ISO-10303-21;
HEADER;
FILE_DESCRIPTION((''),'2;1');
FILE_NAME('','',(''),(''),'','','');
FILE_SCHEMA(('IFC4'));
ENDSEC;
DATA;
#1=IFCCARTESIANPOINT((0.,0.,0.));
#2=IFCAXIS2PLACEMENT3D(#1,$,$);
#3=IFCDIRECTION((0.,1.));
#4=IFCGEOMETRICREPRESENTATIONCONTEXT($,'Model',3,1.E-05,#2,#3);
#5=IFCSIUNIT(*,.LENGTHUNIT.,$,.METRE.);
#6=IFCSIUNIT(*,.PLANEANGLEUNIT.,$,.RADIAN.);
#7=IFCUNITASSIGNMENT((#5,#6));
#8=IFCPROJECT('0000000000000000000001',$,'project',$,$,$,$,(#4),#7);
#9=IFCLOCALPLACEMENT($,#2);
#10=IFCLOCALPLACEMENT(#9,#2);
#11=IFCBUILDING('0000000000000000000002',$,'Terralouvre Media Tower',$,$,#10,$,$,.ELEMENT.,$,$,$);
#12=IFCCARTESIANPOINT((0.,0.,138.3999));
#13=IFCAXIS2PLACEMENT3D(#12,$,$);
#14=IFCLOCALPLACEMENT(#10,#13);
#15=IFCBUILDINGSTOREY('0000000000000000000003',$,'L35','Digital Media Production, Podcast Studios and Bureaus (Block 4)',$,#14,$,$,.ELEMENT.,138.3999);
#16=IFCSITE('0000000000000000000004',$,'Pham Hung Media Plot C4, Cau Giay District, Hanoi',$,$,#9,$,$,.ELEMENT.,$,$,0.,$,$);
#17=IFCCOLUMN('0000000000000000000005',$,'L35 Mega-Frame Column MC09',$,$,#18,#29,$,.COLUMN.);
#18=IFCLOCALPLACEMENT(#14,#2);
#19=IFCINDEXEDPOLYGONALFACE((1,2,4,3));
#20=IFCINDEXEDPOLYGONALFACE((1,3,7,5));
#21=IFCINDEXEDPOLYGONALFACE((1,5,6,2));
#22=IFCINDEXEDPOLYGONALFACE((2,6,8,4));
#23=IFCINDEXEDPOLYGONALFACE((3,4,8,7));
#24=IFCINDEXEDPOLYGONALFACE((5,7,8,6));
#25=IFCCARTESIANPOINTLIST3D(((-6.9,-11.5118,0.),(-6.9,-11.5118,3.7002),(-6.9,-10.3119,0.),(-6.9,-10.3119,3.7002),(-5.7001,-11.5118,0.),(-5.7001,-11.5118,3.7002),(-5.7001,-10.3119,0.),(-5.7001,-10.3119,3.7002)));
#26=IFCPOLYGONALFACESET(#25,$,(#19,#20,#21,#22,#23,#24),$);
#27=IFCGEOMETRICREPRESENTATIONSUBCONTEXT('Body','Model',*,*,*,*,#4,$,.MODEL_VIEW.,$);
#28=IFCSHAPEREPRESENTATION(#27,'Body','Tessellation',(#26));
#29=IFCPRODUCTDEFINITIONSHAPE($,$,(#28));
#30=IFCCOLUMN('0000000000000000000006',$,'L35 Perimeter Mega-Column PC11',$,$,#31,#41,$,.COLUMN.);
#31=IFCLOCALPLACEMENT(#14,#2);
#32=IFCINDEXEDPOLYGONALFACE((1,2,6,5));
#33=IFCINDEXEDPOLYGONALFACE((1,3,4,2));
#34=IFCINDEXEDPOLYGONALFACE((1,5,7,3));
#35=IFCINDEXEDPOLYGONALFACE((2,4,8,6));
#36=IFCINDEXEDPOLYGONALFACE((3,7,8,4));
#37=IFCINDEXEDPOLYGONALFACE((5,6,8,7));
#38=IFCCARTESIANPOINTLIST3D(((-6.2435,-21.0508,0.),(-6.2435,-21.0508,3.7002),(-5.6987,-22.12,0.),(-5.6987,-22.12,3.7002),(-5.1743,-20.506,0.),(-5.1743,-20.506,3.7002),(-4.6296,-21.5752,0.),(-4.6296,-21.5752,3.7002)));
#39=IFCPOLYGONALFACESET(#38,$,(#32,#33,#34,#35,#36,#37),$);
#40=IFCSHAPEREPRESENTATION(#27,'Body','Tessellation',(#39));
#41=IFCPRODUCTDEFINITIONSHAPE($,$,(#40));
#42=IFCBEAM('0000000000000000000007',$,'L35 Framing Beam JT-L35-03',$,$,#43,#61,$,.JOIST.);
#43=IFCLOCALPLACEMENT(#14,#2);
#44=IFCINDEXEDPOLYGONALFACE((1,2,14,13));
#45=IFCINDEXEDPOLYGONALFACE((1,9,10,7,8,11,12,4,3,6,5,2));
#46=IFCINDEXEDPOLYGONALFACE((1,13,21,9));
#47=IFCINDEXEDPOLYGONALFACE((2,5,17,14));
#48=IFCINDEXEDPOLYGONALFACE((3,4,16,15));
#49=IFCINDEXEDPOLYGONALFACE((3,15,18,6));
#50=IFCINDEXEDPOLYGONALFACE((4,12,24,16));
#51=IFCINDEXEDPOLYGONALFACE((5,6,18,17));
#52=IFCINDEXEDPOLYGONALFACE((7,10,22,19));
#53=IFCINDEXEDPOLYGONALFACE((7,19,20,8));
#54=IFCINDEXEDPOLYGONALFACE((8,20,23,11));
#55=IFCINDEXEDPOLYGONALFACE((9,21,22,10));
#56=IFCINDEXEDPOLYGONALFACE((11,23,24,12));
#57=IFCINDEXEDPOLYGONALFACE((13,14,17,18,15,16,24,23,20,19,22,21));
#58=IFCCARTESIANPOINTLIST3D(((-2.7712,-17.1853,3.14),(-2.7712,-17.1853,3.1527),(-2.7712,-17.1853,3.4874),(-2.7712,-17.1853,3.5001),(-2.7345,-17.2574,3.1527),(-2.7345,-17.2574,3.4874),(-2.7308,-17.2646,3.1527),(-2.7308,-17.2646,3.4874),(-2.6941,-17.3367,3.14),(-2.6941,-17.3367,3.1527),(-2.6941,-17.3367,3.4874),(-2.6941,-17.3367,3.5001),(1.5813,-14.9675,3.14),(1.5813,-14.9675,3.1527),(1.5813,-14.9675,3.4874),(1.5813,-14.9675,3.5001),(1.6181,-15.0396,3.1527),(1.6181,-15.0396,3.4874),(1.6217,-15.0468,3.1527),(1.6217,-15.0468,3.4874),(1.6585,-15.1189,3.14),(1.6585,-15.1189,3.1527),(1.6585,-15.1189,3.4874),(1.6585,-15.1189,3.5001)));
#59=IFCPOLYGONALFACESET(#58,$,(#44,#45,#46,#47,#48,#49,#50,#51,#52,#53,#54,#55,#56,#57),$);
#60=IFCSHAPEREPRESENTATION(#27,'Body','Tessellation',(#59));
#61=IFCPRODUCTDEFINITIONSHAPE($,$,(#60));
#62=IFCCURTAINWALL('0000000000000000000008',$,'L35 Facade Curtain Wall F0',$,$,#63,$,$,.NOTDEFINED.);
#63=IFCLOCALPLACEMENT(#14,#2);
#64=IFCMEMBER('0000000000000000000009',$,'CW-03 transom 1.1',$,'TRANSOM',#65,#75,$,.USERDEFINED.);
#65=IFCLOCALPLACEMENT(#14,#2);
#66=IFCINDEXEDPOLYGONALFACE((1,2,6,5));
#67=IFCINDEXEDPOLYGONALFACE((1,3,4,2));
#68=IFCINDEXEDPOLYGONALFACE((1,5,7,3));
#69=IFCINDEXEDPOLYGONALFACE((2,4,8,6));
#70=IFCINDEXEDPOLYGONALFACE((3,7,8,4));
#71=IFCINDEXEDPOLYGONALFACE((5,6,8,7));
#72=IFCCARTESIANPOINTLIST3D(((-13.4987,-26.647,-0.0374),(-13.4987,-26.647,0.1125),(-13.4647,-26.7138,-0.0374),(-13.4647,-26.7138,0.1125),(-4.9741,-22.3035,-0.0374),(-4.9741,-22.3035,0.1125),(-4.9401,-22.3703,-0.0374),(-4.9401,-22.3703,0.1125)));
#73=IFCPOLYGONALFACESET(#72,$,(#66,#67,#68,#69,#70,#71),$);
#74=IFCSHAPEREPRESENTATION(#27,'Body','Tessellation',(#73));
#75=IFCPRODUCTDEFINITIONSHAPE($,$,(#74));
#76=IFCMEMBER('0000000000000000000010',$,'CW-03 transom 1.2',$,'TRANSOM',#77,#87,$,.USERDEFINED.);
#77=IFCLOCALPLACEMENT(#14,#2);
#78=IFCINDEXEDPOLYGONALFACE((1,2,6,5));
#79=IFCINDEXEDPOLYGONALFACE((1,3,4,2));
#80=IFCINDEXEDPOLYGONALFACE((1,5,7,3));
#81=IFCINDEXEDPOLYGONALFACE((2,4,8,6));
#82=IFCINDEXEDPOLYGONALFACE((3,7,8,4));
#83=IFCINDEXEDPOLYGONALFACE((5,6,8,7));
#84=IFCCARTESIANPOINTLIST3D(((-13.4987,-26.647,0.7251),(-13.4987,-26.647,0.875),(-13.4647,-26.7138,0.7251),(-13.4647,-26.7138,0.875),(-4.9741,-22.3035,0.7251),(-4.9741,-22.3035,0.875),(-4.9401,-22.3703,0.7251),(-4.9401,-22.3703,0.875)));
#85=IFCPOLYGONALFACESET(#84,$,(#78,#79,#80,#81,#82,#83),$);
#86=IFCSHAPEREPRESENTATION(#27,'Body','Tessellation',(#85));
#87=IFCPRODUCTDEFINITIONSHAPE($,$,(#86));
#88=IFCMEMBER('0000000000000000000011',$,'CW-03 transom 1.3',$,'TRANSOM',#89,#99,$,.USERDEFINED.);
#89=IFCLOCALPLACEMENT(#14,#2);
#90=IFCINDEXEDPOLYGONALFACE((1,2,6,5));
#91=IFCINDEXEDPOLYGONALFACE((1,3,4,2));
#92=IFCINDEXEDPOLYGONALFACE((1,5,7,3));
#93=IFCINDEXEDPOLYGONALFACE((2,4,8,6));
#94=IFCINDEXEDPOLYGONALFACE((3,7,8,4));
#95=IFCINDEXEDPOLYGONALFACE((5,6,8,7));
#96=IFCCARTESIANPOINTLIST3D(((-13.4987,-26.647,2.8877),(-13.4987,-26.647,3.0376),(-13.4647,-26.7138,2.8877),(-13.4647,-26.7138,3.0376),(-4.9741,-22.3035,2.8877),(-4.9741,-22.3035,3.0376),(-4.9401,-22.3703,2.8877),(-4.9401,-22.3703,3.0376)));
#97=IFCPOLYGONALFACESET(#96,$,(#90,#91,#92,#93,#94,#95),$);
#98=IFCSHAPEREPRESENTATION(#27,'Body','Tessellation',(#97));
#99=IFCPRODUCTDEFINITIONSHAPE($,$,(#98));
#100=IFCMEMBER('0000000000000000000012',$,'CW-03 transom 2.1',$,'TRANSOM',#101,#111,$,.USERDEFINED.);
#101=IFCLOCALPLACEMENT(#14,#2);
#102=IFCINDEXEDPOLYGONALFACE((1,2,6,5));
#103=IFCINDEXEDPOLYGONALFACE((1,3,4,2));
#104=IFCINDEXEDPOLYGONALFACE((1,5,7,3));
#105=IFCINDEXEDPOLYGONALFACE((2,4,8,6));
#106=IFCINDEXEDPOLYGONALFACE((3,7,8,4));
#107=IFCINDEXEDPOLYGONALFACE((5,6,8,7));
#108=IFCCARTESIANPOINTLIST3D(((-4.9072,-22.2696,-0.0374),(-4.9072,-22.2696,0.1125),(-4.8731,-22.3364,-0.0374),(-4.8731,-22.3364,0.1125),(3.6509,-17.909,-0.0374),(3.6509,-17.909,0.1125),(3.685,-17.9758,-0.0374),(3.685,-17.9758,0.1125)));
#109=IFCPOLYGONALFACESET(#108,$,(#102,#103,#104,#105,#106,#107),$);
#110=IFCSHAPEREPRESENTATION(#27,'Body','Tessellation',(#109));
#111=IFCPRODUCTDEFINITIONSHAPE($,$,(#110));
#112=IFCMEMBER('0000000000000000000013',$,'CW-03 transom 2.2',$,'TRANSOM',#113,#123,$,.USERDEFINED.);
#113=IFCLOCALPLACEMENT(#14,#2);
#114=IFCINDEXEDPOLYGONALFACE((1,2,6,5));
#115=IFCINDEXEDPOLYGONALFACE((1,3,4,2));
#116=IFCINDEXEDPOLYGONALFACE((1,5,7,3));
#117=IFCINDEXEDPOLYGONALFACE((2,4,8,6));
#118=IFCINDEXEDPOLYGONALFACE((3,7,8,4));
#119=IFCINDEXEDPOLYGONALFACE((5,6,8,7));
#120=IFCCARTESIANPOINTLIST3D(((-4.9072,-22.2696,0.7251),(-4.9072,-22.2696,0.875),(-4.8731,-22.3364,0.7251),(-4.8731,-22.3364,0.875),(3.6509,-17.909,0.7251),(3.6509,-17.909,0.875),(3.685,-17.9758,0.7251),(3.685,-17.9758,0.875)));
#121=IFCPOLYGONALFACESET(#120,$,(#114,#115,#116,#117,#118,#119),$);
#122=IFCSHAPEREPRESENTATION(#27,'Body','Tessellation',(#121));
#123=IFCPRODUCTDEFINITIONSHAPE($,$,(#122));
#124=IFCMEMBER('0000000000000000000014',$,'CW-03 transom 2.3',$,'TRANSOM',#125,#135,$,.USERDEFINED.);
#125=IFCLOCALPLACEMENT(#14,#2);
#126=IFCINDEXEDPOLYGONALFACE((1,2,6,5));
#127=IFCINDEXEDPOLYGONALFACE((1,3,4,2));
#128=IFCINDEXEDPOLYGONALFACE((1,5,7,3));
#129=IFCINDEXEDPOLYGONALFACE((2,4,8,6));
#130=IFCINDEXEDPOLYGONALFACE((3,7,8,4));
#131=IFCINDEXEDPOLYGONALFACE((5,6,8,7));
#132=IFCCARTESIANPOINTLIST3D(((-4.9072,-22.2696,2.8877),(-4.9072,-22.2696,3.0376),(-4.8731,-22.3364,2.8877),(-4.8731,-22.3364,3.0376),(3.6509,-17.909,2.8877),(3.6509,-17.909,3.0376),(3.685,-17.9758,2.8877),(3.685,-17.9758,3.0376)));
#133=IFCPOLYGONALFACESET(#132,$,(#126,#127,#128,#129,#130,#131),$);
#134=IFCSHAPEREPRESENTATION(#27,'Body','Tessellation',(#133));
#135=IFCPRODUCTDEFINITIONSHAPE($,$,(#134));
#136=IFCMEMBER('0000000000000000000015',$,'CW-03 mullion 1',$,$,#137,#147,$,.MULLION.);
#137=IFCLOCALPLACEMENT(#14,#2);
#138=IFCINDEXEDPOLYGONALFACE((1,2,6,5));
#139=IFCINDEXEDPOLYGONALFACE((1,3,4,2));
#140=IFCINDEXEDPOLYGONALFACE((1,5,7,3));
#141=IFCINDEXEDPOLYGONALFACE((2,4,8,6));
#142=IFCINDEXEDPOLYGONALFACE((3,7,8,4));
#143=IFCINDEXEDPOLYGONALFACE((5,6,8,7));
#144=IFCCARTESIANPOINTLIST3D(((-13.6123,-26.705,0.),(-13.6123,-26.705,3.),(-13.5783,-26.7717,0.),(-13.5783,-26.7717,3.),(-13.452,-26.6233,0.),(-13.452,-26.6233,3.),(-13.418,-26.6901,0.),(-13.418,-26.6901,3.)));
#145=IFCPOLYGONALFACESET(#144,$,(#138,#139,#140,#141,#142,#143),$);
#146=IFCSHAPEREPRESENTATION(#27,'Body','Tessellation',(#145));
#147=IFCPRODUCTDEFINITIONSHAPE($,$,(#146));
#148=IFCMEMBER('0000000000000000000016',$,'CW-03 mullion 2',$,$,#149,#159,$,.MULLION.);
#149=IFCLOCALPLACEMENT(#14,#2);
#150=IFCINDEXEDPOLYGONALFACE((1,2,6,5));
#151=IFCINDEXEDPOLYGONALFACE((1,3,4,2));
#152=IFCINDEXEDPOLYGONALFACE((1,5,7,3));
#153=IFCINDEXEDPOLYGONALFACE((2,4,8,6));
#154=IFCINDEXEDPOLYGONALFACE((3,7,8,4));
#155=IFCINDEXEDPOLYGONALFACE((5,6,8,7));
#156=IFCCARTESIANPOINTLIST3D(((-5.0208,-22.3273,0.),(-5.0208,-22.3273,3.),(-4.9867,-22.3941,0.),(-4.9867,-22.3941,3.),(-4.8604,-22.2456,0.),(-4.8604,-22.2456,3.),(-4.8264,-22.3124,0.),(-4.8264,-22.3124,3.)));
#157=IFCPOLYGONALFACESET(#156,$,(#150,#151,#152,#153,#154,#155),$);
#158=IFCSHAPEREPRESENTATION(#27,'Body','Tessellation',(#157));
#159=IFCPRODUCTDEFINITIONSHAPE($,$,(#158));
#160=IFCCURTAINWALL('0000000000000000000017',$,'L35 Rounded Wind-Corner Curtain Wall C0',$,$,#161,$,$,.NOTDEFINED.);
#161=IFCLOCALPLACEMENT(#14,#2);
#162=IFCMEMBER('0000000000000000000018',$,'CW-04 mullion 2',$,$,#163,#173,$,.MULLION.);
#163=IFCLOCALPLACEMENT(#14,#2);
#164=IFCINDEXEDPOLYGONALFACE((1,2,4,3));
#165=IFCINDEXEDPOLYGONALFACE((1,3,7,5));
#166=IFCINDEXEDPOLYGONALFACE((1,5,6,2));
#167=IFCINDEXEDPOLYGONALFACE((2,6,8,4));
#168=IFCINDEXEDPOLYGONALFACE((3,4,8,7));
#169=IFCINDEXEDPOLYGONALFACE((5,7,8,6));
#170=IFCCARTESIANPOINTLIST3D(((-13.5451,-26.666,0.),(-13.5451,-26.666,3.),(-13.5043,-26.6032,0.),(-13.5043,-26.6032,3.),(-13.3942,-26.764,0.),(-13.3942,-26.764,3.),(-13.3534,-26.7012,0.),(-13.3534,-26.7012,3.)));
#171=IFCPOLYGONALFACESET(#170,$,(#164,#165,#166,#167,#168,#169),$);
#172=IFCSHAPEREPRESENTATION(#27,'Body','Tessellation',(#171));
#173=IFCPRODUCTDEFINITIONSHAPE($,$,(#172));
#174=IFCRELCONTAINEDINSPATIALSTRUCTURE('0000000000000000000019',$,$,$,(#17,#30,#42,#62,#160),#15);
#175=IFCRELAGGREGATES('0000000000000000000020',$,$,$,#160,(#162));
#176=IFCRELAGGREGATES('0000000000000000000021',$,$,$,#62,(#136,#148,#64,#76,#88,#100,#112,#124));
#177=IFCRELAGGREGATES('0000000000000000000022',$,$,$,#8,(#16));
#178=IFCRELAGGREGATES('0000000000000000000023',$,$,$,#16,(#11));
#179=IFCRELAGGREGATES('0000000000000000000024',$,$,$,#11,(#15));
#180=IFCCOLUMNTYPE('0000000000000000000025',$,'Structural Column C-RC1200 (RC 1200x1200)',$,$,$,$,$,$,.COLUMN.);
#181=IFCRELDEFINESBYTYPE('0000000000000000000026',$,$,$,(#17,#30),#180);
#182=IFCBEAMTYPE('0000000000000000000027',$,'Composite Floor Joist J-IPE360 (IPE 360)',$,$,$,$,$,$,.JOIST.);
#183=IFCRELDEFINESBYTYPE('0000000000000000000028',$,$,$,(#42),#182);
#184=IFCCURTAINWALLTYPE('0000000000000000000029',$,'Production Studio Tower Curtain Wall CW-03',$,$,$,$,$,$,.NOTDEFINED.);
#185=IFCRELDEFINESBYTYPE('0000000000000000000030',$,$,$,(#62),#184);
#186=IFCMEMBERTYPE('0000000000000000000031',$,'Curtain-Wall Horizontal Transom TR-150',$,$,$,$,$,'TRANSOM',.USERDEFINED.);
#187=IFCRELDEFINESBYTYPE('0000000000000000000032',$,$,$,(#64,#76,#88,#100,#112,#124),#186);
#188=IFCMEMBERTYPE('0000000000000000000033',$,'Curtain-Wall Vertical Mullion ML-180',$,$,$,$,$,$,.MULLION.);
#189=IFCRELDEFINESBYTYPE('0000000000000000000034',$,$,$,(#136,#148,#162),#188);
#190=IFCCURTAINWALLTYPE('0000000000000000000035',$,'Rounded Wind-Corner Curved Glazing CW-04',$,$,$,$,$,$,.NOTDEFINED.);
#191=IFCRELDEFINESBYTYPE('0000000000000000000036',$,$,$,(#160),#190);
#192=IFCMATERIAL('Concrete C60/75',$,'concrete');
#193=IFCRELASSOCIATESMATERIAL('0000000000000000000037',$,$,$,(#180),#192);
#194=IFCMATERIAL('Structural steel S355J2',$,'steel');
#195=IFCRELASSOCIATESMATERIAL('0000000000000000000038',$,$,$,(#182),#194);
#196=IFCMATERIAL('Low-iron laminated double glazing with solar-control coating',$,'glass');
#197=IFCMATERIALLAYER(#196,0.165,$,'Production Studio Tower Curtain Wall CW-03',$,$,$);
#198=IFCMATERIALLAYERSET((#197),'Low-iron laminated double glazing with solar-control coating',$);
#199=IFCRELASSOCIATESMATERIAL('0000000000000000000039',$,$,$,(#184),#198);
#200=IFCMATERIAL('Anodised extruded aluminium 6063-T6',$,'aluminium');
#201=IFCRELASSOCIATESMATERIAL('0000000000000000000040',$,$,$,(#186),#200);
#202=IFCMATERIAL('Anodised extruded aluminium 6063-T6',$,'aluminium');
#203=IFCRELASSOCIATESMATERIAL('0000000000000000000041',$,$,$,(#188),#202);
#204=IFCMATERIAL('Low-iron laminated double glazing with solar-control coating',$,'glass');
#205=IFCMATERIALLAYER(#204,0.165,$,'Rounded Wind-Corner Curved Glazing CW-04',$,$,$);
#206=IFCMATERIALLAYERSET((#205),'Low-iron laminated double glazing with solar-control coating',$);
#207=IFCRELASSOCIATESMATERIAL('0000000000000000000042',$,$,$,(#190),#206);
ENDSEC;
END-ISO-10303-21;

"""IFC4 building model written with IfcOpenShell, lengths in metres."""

from ifc_helpers import new_model, si_unit, direction, frame, origin, origin_2d, place, context, subcontext, project, spatial, rectangle, i_section, extrude, material, layer, layer_set, material_profile, profile_set, type_object, element, aggregate, save


model = new_model("IFC4")

# Units and contexts
model_context = context("Model", 3, precision=1e-05, world=origin(), true_north=direction((0.0, 1.0)))
body_context = subcontext(model_context, "Body", "Model", "MODEL_VIEW")
ifc_project = project(units=[si_unit("LENGTHUNIT", "METRE"), si_unit("PLANEANGLEUNIT", "RADIAN")], contexts=[model_context])

# Site, building, storey
site_placement = place(None, origin())
site = spatial("IfcSite", under=ifc_project, at=site_placement, Name="Pham Hung Media Plot C4, Cau Giay District, Hanoi", CompositionType="ELEMENT", RefElevation=0.0)
building_placement = place(site_placement, origin())
building = spatial("IfcBuilding", under=site, at=building_placement, Name="Terralouvre Media Tower", CompositionType="ELEMENT")
storey_placement = place(building_placement, frame((0.0, 0.0, 138.3999)))
storey = spatial("IfcBuildingStorey", under=building, at=storey_placement, Name="L35", Description="Digital Media Production, Podcast Studios and Bureaus (Block 4)", CompositionType="ELEMENT", Elevation=138.3999)

# Columns
ifc_material_1 = material(Name="Concrete C60/75", Category="concrete")
ifc_material_profile_1 = material_profile(ifc_material_1, rectangle(XDim=1.2, YDim=1.2, at=origin_2d()), Name="RC 1200x1200")
ifc_profile_set_1 = profile_set([ifc_material_profile_1], Name="Concrete C60/75")
column_type = type_object("IfcColumnType", Name="Structural Column C-RC1200 (RC 1200x1200)", PredefinedType="COLUMN", material=ifc_profile_set_1)
for number, where, z_axis, x_axis, name in (
    (1, (-6.3, -10.9119, 0.0), (0.0, 0.0, 1.0), (1.0, 0.0, 0.0), "L35 Mega-Frame Column MC09"),
    (2, (-5.4365, -21.313, 0.0), (0.0, 0.0, 1.0), (0.891007, 0.45399, 0.0), "L35 Perimeter Mega-Column PC11"),
):
    element("IfcColumn", number, at=place(storey_placement, frame(where, z_axis=z_axis, x_axis=x_axis)), inside=storey, type_object=column_type, Name=name, PredefinedType="COLUMN", context=body_context, shape_type="SweptSolid", body=[
        extrude(rectangle(XDim=1.2, YDim=1.2, at=origin_2d()), origin(), (0.0, 0.0, 1.0), 3.7002),
    ])

# Beam
ifc_material_2 = material(Name="Structural steel S355J2", Category="steel")
ifc_material_profile_2 = material_profile(ifc_material_2, i_section(OverallWidth=0.1699, OverallDepth=0.3601, WebThickness=0.0081, FlangeThickness=0.0127, at=origin_2d()), Name="IPE 360")
ifc_profile_set_2 = profile_set([ifc_material_profile_2], Name="Structural steel S355J2")
beam_type_1 = type_object("IfcBeamType", Name="Composite Floor Joist J-IPE360 (IPE 360)", PredefinedType="JOIST", material=ifc_profile_set_2)
beam_1_placement = place(storey_placement, frame((-2.7327, -17.261, 3.3201), z_axis=(0.891003, 0.453998, 0.0), x_axis=(-0.453998, 0.891003, 0.0)))
element("IfcBeam", 3, at=beam_1_placement, inside=storey, type_object=beam_type_1, Name="L35 Framing Beam JT-L35-03", PredefinedType="JOIST", context=body_context, shape_type="SweptSolid", body=[
    extrude(i_section(OverallWidth=0.1699, OverallDepth=0.3601, WebThickness=0.0081, FlangeThickness=0.0127, at=origin_2d()), origin(), (0.0, 0.0, 1.0), 4.885),
])

# Curtain wall, members
ifc_material_3 = material(Name="Low-iron laminated double glazing with solar-control coating", Category="glass")
ifc_layer_1 = layer(ifc_material_3, 0.165, Name="Production Studio Tower Curtain Wall CW-03")
ifc_layer_set_1 = layer_set([ifc_layer_1], Name="Low-iron laminated double glazing with solar-control coating")
curtain_wall_type_1 = type_object("IfcCurtainWallType", Name="Production Studio Tower Curtain Wall CW-03", PredefinedType="NOTDEFINED", material=ifc_layer_set_1)
curtain_wall_1_placement = place(storey_placement, origin())
curtain_wall_1 = element("IfcCurtainWall", 4, at=curtain_wall_1_placement, inside=storey, type_object=curtain_wall_type_1, Name="L35 Facade Curtain Wall F0", PredefinedType="NOTDEFINED")
ifc_material_4 = material(Name="Anodised extruded aluminium 6063-T6", Category="aluminium")
ifc_material_profile_3 = material_profile(ifc_material_4, rectangle(XDim=0.075, YDim=0.1499, at=origin_2d()), Name="ALU 75x150")
ifc_profile_set_3 = profile_set([ifc_material_profile_3], Name="Anodised extruded aluminium 6063-T6")
member_type_1 = type_object("IfcMemberType", Name="Curtain-Wall Horizontal Transom TR-150", ElementType="TRANSOM", PredefinedType="USERDEFINED", material=ifc_profile_set_3)
member_1_placement = place(storey_placement, frame((-13.4817, -26.6804, 0.0376), z_axis=(0.891008, 0.453988, 0.0), x_axis=(-0.453988, 0.891008, 0.0)))
member_1 = element("IfcMember", 5, at=member_1_placement, type_object=member_type_1, Name="CW-03 transom 1.1", ObjectType="TRANSOM", PredefinedType="USERDEFINED", context=body_context, shape_type="SweptSolid", body=[
    extrude(rectangle(XDim=0.075, YDim=0.1499, at=origin_2d()), origin(), (0.0, 0.0, 1.0), 9.5674),
])
member_2_placement = place(storey_placement, frame((-13.4817, -26.6804, 0.8), z_axis=(0.891008, 0.453988, 0.0), x_axis=(-0.453988, 0.891008, 0.0)))
member_2 = element("IfcMember", 6, at=member_2_placement, type_object=member_type_1, Name="CW-03 transom 1.2", ObjectType="TRANSOM", PredefinedType="USERDEFINED", context=body_context, shape_type="SweptSolid", body=[
    extrude(rectangle(XDim=0.075, YDim=0.1499, at=origin_2d()), origin(), (0.0, 0.0, 1.0), 9.5674),
])
member_3_placement = place(storey_placement, frame((-13.4817, -26.6804, 2.9626), z_axis=(0.891008, 0.453988, 0.0), x_axis=(-0.453988, 0.891008, 0.0)))
member_3 = element("IfcMember", 7, at=member_3_placement, type_object=member_type_1, Name="CW-03 transom 1.3", ObjectType="TRANSOM", PredefinedType="USERDEFINED", context=body_context, shape_type="SweptSolid", body=[
    extrude(rectangle(XDim=0.075, YDim=0.1499, at=origin_2d()), origin(), (0.0, 0.0, 1.0), 9.5674),
])
member_4_placement = place(storey_placement, frame((-4.8901, -22.303, 0.0376), z_axis=(0.891006, 0.453992, 0.0), x_axis=(-0.453992, 0.891006, 0.0)))
member_4 = element("IfcMember", 8, at=member_4_placement, type_object=member_type_1, Name="CW-03 transom 2.1", ObjectType="TRANSOM", PredefinedType="USERDEFINED", context=body_context, shape_type="SweptSolid", body=[
    extrude(rectangle(XDim=0.075, YDim=0.1499, at=origin_2d()), origin(), (0.0, 0.0, 1.0), 9.605),
])
member_5_placement = place(storey_placement, frame((-4.8901, -22.303, 0.8), z_axis=(0.891006, 0.453992, 0.0), x_axis=(-0.453992, 0.891006, 0.0)))
member_5 = element("IfcMember", 9, at=member_5_placement, type_object=member_type_1, Name="CW-03 transom 2.2", ObjectType="TRANSOM", PredefinedType="USERDEFINED", context=body_context, shape_type="SweptSolid", body=[
    extrude(rectangle(XDim=0.075, YDim=0.1499, at=origin_2d()), origin(), (0.0, 0.0, 1.0), 9.605),
])
member_6_placement = place(storey_placement, frame((-4.8901, -22.303, 2.9626), z_axis=(0.891006, 0.453992, 0.0), x_axis=(-0.453992, 0.891006, 0.0)))
member_6 = element("IfcMember", 10, at=member_6_placement, type_object=member_type_1, Name="CW-03 transom 2.3", ObjectType="TRANSOM", PredefinedType="USERDEFINED", context=body_context, shape_type="SweptSolid", body=[
    extrude(rectangle(XDim=0.075, YDim=0.1499, at=origin_2d()), origin(), (0.0, 0.0, 1.0), 9.605),
])
ifc_material_5 = material(Name="Anodised extruded aluminium 6063-T6", Category="aluminium")
ifc_material_profile_4 = material_profile(ifc_material_5, rectangle(XDim=0.075, YDim=0.1799, at=origin_2d()), Name="ALU 75x180")
ifc_profile_set_4 = profile_set([ifc_material_profile_4], Name="Anodised extruded aluminium 6063-T6")
member_type_2 = type_object("IfcMemberType", Name="Curtain-Wall Vertical Mullion ML-180", PredefinedType="MULLION", material=ifc_profile_set_4)
member_7_placement = place(storey_placement, frame((-13.5151, -26.6975, 0.0), z_axis=(0.0, 0.0, 1.0), x_axis=(-0.453991, 0.891007, 0.0)))
member_7 = element("IfcMember", 11, at=member_7_placement, type_object=member_type_2, Name="CW-03 mullion 1", PredefinedType="MULLION", context=body_context, shape_type="SweptSolid", body=[
    extrude(rectangle(XDim=0.075, YDim=0.1799, at=origin_2d()), origin(), (0.0, 0.0, 1.0), 3.0),
])
member_8_placement = place(storey_placement, frame((-4.9236, -22.3198, 0.0), z_axis=(0.0, 0.0, 1.0), x_axis=(-0.453991, 0.891007, 0.0)))
member_8 = element("IfcMember", 12, at=member_8_placement, type_object=member_type_2, Name="CW-03 mullion 2", PredefinedType="MULLION", context=body_context, shape_type="SweptSolid", body=[
    extrude(rectangle(XDim=0.075, YDim=0.1799, at=origin_2d()), origin(), (0.0, 0.0, 1.0), 3.0),
])

# Curtain wall, member
ifc_material_6 = material(Name="Low-iron laminated double glazing with solar-control coating", Category="glass")
ifc_layer_2 = layer(ifc_material_6, 0.165, Name="Rounded Wind-Corner Curved Glazing CW-04")
ifc_layer_set_2 = layer_set([ifc_layer_2], Name="Low-iron laminated double glazing with solar-control coating")
curtain_wall_type_2 = type_object("IfcCurtainWallType", Name="Rounded Wind-Corner Curved Glazing CW-04", PredefinedType="NOTDEFINED", material=ifc_layer_set_2)
curtain_wall_2_placement = place(storey_placement, origin())
curtain_wall_2 = element("IfcCurtainWall", 13, at=curtain_wall_2_placement, inside=storey, type_object=curtain_wall_type_2, Name="L35 Rounded Wind-Corner Curtain Wall C0", PredefinedType="NOTDEFINED")
member_9_placement = place(storey_placement, frame((-13.4492, -26.6836, 0.0), z_axis=(0.0, 0.0, 1.0), x_axis=(0.544639, 0.83867, 0.0)))
member_9 = element("IfcMember", 14, at=member_9_placement, type_object=member_type_2, Name="CW-04 mullion 2", PredefinedType="MULLION", context=body_context, shape_type="SweptSolid", body=[
    extrude(rectangle(XDim=0.075, YDim=0.1799, at=origin_2d()), origin(), (0.0, 0.0, 1.0), 3.0),
])
aggregate(curtain_wall_2, [member_9])

aggregate(curtain_wall_1, [member_7, member_8, member_1, member_2, member_3, member_4, member_5, member_6])

save(model, "model.ifc")
